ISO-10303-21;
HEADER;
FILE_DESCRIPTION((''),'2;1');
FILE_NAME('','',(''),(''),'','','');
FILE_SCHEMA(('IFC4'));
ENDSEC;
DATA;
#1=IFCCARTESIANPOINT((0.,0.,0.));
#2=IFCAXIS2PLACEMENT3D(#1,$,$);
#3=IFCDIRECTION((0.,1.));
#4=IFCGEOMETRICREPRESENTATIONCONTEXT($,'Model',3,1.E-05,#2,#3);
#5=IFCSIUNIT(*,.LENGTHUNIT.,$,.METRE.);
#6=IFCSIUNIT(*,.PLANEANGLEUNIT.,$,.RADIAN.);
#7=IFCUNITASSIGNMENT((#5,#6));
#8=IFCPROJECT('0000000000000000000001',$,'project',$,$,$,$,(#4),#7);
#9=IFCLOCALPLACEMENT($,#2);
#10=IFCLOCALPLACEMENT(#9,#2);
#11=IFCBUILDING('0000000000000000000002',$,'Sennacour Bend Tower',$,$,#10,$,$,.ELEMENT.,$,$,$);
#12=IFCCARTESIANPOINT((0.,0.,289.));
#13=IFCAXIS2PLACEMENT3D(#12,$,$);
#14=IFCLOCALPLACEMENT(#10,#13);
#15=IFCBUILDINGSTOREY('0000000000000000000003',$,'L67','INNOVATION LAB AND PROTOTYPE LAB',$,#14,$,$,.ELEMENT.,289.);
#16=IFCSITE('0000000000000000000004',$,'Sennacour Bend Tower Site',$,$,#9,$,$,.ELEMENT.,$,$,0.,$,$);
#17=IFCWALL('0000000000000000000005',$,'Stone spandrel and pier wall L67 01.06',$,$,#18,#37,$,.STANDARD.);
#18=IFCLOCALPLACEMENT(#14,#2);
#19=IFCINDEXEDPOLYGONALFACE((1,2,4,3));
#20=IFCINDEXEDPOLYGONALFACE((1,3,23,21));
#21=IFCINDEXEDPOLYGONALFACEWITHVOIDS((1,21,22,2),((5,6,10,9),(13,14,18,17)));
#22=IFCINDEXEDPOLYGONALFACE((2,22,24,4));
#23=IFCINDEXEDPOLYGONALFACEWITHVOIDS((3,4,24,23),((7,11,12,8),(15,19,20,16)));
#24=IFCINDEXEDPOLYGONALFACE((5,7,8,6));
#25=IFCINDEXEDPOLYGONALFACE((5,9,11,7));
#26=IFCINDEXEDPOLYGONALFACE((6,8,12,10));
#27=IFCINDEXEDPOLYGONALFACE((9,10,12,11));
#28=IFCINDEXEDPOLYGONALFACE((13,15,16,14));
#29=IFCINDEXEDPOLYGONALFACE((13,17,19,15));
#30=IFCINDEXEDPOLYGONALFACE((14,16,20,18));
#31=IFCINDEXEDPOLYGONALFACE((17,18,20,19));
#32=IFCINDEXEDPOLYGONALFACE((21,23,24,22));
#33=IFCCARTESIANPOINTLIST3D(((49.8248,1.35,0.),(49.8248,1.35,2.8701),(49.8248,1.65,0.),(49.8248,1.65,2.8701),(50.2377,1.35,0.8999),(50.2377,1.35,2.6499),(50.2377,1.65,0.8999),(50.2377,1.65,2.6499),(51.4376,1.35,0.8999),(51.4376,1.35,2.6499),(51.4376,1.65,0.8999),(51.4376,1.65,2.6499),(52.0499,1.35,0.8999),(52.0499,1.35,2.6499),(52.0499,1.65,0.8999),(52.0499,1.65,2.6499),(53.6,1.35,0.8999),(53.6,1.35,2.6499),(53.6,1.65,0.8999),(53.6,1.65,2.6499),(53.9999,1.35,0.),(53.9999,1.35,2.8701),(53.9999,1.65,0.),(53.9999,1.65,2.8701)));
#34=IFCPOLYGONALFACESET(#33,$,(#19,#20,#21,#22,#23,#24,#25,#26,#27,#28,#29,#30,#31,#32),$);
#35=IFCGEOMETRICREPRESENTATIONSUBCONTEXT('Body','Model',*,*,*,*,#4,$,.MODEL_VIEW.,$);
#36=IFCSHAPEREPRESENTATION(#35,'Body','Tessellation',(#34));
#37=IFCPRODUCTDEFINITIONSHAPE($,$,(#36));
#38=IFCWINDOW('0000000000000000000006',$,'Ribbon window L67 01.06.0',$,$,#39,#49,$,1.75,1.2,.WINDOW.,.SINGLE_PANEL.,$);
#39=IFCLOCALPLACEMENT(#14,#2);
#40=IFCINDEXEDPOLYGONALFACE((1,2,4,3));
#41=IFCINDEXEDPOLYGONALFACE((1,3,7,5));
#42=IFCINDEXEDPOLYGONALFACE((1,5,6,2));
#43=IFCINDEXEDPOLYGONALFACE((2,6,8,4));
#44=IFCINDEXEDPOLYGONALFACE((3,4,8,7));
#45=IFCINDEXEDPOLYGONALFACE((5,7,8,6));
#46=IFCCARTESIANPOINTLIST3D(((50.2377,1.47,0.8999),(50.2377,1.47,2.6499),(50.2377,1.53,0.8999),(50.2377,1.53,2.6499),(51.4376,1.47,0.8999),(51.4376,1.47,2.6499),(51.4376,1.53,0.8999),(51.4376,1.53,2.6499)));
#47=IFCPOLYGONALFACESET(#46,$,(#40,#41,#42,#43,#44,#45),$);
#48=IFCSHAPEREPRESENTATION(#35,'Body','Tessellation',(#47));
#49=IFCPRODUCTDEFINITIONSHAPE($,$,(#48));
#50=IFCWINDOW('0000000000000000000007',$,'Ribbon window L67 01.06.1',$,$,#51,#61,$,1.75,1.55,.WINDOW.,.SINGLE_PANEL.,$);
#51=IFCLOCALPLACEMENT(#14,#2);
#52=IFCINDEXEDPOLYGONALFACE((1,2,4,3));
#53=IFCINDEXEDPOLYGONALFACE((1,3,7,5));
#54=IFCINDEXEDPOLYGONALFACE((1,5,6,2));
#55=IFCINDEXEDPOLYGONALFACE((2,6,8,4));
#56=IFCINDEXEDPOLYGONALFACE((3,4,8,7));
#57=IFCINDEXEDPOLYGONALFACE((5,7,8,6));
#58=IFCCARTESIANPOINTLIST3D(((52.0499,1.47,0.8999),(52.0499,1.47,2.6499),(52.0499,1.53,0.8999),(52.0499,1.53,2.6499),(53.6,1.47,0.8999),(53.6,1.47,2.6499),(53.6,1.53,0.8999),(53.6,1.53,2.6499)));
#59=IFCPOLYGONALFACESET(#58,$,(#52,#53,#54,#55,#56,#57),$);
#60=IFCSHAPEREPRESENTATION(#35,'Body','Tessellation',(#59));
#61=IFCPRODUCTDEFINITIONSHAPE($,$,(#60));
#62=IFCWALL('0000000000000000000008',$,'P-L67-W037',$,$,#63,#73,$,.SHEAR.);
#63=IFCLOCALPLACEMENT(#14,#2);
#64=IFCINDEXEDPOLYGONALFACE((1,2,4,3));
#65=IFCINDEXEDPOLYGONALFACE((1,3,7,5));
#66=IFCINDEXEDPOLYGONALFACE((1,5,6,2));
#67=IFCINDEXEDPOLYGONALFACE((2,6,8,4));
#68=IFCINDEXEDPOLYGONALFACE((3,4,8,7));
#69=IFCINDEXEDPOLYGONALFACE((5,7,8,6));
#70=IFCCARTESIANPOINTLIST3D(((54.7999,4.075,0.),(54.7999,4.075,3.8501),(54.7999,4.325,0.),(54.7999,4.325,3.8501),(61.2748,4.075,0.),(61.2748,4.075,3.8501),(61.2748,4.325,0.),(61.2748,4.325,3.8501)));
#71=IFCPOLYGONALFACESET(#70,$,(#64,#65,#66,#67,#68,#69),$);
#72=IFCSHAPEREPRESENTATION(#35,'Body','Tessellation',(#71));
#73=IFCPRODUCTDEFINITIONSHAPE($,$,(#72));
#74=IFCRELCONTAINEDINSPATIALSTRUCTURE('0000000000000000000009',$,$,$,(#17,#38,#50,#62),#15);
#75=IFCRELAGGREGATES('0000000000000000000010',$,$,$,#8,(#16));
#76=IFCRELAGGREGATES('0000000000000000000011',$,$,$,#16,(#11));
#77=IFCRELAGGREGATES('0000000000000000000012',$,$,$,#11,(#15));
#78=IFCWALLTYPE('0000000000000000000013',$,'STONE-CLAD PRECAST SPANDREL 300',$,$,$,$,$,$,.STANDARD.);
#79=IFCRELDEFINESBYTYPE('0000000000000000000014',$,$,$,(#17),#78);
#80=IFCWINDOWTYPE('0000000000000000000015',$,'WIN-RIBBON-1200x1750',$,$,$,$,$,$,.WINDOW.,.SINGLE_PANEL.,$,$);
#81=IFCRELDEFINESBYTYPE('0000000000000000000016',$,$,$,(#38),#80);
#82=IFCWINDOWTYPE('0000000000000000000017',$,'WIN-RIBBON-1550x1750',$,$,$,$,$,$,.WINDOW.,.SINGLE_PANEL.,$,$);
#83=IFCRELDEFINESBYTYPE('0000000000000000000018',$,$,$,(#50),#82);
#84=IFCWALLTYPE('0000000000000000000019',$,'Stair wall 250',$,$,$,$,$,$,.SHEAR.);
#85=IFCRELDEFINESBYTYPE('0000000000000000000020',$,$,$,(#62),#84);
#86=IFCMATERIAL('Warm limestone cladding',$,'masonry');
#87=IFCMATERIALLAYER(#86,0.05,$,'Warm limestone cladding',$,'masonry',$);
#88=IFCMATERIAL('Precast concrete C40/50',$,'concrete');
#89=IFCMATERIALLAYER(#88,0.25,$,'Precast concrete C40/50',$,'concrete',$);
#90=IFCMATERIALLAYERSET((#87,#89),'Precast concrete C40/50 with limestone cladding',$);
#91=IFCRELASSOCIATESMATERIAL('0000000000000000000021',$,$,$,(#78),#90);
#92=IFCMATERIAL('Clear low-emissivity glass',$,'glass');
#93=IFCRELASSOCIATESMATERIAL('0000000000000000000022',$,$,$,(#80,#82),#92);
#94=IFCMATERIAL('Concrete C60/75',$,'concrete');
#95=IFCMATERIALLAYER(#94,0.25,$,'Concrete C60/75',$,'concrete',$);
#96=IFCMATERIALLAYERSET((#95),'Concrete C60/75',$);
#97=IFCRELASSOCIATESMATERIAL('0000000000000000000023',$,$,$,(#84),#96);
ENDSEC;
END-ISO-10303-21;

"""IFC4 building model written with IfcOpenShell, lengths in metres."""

from ifc_helpers import new_model, si_unit, direction, frame, frame_2d, origin, place, context, subcontext, project, spatial, rectangle, extrude, material, layer, layer_set, type_object, element, fill, save


model = new_model("IFC4")

# Units and contexts
model_context = context("Model", 3, precision=1e-05, world=origin(), true_north=direction((0.0, 1.0)))
body_context = subcontext(model_context, "Body", "Model", "MODEL_VIEW")
ifc_project = project(units=[si_unit("LENGTHUNIT", "METRE"), si_unit("PLANEANGLEUNIT", "RADIAN")], contexts=[model_context])

# Site, building, storey
site_placement = place(None, origin())
site = spatial("IfcSite", under=ifc_project, at=site_placement, Name="Sennacour Bend Tower Site", CompositionType="ELEMENT", RefElevation=0.0)
building_placement = place(site_placement, origin())
building = spatial("IfcBuilding", under=site, at=building_placement, Name="Sennacour Bend Tower", CompositionType="ELEMENT")
storey_placement = place(building_placement, frame((0.0, 0.0, 289.0)))
storey = spatial("IfcBuildingStorey", under=building, at=storey_placement, Name="L67", Description="INNOVATION LAB AND PROTOTYPE LAB", CompositionType="ELEMENT", Elevation=289.0)

# Wall, openings, windows
ifc_material_1 = material(Name="Warm limestone cladding", Category="masonry")
ifc_layer_1 = layer(ifc_material_1, 0.05, Name="Warm limestone cladding", Category="masonry")
ifc_material_2 = material(Name="Precast concrete C40/50", Category="concrete")
ifc_layer_2 = layer(ifc_material_2, 0.25, Name="Precast concrete C40/50", Category="concrete")
ifc_layer_set_1 = layer_set([ifc_layer_1, ifc_layer_2], Name="Precast concrete C40/50 with limestone cladding")
wall_type_1 = type_object("IfcWallType", Name="STONE-CLAD PRECAST SPANDREL 300", PredefinedType="STANDARD", material=ifc_layer_set_1)
ifc_material_3 = material(Name="Clear low-emissivity glass", Category="glass")
window_type_1 = type_object("IfcWindowType", Name="WIN-RIBBON-1200x1750", PartitioningType="SINGLE_PANEL", PredefinedType="WINDOW", material=ifc_material_3)
wall_1_placement = place(storey_placement, frame((49.825, 1.5, 0.0), z_axis=(0.0, 0.0, 1.0), x_axis=(1.0, 0.0, 0.0)))
wall_1 = element("IfcWall", 1, at=wall_1_placement, inside=storey, type_object=wall_type_1, Name="Stone spandrel and pier wall L67 01.06", PredefinedType="STANDARD", context=body_context, shape_type="SweptSolid", body=[
    extrude(rectangle(XDim=4.175, YDim=0.3, at=frame_2d((2.0874, 0.0))), origin(), (0.0, 0.0, 1.0), 2.8701),
])
opening_1_placement = place(wall_1_placement, frame((0.4126, 0.0, 0.8999)))
opening_1 = element("IfcOpeningElement", 2, at=opening_1_placement, cuts=wall_1, PredefinedType="OPENING", context=body_context, shape_type="SweptSolid", body=[
    extrude(rectangle(XDim=1.2, YDim=1.75, at=frame_2d((0.6001, 0.875))), frame((0.0, 0.1602, 0.0), z_axis=(0.0, -1.0, 0.0), x_axis=(1.0, 0.0, 0.0)), (0.0, 0.0, 1.0), 0.3201),
])
opening_2_placement = place(wall_1_placement, frame((2.2251, 0.0, 0.8999)))
opening_2 = element("IfcOpeningElement", 3, at=opening_2_placement, cuts=wall_1, PredefinedType="OPENING", context=body_context, shape_type="SweptSolid", body=[
    extrude(rectangle(XDim=1.55, YDim=1.75, at=frame_2d((0.7749, 0.875))), frame((0.0, 0.1602, 0.0), z_axis=(0.0, -1.0, 0.0), x_axis=(1.0, 0.0, 0.0)), (0.0, 0.0, 1.0), 0.3201),
])
window_1_placement = place(opening_1_placement, origin())
window_1 = element("IfcWindow", 4, at=window_1_placement, inside=storey, type_object=window_type_1, Name="Ribbon window L67 01.06.0", OverallHeight=1.75, OverallWidth=1.2, PartitioningType="SINGLE_PANEL", PredefinedType="WINDOW", context=body_context, shape_type="SweptSolid", body=[
    extrude(rectangle(XDim=1.2, YDim=1.75, at=frame_2d((0.6001, 0.875))), frame((0.0, 0.03, 0.0), z_axis=(0.0, -1.0, 0.0), x_axis=(1.0, 0.0, 0.0)), (0.0, 0.0, 1.0), 0.0601),
])
fill(opening_1, window_1)
window_type_2 = type_object("IfcWindowType", Name="WIN-RIBBON-1550x1750", PartitioningType="SINGLE_PANEL", PredefinedType="WINDOW", material=ifc_material_3)
window_2_placement = place(opening_2_placement, origin())
window_2 = element("IfcWindow", 5, at=window_2_placement, inside=storey, type_object=window_type_2, Name="Ribbon window L67 01.06.1", OverallHeight=1.75, OverallWidth=1.55, PartitioningType="SINGLE_PANEL", PredefinedType="WINDOW", context=body_context, shape_type="SweptSolid", body=[
    extrude(rectangle(XDim=1.55, YDim=1.75, at=frame_2d((0.7749, 0.875))), frame((0.0, 0.03, 0.0), z_axis=(0.0, -1.0, 0.0), x_axis=(1.0, 0.0, 0.0)), (0.0, 0.0, 1.0), 0.0601),
])
fill(opening_2, window_2)

# Wall
ifc_material_4 = material(Name="Concrete C60/75", Category="concrete")
ifc_layer_3 = layer(ifc_material_4, 0.25, Name="Concrete C60/75", Category="concrete")
ifc_layer_set_2 = layer_set([ifc_layer_3], Name="Concrete C60/75")
wall_type_2 = type_object("IfcWallType", Name="Stair wall 250", PredefinedType="SHEAR", material=ifc_layer_set_2)
wall_2_placement = place(storey_placement, frame((54.8, 4.2, 0.0), z_axis=(0.0, 0.0, 1.0), x_axis=(1.0, 0.0, 0.0)))
element("IfcWall", 6, at=wall_2_placement, inside=storey, type_object=wall_type_2, Name="P-L67-W037", PredefinedType="SHEAR", context=body_context, shape_type="SweptSolid", body=[
    extrude(rectangle(XDim=6.4749, YDim=0.25, at=frame_2d((3.2373, 0.0))), origin(), (0.0, 0.0, 1.0), 3.8501),
])

save(model, "model.ifc")
